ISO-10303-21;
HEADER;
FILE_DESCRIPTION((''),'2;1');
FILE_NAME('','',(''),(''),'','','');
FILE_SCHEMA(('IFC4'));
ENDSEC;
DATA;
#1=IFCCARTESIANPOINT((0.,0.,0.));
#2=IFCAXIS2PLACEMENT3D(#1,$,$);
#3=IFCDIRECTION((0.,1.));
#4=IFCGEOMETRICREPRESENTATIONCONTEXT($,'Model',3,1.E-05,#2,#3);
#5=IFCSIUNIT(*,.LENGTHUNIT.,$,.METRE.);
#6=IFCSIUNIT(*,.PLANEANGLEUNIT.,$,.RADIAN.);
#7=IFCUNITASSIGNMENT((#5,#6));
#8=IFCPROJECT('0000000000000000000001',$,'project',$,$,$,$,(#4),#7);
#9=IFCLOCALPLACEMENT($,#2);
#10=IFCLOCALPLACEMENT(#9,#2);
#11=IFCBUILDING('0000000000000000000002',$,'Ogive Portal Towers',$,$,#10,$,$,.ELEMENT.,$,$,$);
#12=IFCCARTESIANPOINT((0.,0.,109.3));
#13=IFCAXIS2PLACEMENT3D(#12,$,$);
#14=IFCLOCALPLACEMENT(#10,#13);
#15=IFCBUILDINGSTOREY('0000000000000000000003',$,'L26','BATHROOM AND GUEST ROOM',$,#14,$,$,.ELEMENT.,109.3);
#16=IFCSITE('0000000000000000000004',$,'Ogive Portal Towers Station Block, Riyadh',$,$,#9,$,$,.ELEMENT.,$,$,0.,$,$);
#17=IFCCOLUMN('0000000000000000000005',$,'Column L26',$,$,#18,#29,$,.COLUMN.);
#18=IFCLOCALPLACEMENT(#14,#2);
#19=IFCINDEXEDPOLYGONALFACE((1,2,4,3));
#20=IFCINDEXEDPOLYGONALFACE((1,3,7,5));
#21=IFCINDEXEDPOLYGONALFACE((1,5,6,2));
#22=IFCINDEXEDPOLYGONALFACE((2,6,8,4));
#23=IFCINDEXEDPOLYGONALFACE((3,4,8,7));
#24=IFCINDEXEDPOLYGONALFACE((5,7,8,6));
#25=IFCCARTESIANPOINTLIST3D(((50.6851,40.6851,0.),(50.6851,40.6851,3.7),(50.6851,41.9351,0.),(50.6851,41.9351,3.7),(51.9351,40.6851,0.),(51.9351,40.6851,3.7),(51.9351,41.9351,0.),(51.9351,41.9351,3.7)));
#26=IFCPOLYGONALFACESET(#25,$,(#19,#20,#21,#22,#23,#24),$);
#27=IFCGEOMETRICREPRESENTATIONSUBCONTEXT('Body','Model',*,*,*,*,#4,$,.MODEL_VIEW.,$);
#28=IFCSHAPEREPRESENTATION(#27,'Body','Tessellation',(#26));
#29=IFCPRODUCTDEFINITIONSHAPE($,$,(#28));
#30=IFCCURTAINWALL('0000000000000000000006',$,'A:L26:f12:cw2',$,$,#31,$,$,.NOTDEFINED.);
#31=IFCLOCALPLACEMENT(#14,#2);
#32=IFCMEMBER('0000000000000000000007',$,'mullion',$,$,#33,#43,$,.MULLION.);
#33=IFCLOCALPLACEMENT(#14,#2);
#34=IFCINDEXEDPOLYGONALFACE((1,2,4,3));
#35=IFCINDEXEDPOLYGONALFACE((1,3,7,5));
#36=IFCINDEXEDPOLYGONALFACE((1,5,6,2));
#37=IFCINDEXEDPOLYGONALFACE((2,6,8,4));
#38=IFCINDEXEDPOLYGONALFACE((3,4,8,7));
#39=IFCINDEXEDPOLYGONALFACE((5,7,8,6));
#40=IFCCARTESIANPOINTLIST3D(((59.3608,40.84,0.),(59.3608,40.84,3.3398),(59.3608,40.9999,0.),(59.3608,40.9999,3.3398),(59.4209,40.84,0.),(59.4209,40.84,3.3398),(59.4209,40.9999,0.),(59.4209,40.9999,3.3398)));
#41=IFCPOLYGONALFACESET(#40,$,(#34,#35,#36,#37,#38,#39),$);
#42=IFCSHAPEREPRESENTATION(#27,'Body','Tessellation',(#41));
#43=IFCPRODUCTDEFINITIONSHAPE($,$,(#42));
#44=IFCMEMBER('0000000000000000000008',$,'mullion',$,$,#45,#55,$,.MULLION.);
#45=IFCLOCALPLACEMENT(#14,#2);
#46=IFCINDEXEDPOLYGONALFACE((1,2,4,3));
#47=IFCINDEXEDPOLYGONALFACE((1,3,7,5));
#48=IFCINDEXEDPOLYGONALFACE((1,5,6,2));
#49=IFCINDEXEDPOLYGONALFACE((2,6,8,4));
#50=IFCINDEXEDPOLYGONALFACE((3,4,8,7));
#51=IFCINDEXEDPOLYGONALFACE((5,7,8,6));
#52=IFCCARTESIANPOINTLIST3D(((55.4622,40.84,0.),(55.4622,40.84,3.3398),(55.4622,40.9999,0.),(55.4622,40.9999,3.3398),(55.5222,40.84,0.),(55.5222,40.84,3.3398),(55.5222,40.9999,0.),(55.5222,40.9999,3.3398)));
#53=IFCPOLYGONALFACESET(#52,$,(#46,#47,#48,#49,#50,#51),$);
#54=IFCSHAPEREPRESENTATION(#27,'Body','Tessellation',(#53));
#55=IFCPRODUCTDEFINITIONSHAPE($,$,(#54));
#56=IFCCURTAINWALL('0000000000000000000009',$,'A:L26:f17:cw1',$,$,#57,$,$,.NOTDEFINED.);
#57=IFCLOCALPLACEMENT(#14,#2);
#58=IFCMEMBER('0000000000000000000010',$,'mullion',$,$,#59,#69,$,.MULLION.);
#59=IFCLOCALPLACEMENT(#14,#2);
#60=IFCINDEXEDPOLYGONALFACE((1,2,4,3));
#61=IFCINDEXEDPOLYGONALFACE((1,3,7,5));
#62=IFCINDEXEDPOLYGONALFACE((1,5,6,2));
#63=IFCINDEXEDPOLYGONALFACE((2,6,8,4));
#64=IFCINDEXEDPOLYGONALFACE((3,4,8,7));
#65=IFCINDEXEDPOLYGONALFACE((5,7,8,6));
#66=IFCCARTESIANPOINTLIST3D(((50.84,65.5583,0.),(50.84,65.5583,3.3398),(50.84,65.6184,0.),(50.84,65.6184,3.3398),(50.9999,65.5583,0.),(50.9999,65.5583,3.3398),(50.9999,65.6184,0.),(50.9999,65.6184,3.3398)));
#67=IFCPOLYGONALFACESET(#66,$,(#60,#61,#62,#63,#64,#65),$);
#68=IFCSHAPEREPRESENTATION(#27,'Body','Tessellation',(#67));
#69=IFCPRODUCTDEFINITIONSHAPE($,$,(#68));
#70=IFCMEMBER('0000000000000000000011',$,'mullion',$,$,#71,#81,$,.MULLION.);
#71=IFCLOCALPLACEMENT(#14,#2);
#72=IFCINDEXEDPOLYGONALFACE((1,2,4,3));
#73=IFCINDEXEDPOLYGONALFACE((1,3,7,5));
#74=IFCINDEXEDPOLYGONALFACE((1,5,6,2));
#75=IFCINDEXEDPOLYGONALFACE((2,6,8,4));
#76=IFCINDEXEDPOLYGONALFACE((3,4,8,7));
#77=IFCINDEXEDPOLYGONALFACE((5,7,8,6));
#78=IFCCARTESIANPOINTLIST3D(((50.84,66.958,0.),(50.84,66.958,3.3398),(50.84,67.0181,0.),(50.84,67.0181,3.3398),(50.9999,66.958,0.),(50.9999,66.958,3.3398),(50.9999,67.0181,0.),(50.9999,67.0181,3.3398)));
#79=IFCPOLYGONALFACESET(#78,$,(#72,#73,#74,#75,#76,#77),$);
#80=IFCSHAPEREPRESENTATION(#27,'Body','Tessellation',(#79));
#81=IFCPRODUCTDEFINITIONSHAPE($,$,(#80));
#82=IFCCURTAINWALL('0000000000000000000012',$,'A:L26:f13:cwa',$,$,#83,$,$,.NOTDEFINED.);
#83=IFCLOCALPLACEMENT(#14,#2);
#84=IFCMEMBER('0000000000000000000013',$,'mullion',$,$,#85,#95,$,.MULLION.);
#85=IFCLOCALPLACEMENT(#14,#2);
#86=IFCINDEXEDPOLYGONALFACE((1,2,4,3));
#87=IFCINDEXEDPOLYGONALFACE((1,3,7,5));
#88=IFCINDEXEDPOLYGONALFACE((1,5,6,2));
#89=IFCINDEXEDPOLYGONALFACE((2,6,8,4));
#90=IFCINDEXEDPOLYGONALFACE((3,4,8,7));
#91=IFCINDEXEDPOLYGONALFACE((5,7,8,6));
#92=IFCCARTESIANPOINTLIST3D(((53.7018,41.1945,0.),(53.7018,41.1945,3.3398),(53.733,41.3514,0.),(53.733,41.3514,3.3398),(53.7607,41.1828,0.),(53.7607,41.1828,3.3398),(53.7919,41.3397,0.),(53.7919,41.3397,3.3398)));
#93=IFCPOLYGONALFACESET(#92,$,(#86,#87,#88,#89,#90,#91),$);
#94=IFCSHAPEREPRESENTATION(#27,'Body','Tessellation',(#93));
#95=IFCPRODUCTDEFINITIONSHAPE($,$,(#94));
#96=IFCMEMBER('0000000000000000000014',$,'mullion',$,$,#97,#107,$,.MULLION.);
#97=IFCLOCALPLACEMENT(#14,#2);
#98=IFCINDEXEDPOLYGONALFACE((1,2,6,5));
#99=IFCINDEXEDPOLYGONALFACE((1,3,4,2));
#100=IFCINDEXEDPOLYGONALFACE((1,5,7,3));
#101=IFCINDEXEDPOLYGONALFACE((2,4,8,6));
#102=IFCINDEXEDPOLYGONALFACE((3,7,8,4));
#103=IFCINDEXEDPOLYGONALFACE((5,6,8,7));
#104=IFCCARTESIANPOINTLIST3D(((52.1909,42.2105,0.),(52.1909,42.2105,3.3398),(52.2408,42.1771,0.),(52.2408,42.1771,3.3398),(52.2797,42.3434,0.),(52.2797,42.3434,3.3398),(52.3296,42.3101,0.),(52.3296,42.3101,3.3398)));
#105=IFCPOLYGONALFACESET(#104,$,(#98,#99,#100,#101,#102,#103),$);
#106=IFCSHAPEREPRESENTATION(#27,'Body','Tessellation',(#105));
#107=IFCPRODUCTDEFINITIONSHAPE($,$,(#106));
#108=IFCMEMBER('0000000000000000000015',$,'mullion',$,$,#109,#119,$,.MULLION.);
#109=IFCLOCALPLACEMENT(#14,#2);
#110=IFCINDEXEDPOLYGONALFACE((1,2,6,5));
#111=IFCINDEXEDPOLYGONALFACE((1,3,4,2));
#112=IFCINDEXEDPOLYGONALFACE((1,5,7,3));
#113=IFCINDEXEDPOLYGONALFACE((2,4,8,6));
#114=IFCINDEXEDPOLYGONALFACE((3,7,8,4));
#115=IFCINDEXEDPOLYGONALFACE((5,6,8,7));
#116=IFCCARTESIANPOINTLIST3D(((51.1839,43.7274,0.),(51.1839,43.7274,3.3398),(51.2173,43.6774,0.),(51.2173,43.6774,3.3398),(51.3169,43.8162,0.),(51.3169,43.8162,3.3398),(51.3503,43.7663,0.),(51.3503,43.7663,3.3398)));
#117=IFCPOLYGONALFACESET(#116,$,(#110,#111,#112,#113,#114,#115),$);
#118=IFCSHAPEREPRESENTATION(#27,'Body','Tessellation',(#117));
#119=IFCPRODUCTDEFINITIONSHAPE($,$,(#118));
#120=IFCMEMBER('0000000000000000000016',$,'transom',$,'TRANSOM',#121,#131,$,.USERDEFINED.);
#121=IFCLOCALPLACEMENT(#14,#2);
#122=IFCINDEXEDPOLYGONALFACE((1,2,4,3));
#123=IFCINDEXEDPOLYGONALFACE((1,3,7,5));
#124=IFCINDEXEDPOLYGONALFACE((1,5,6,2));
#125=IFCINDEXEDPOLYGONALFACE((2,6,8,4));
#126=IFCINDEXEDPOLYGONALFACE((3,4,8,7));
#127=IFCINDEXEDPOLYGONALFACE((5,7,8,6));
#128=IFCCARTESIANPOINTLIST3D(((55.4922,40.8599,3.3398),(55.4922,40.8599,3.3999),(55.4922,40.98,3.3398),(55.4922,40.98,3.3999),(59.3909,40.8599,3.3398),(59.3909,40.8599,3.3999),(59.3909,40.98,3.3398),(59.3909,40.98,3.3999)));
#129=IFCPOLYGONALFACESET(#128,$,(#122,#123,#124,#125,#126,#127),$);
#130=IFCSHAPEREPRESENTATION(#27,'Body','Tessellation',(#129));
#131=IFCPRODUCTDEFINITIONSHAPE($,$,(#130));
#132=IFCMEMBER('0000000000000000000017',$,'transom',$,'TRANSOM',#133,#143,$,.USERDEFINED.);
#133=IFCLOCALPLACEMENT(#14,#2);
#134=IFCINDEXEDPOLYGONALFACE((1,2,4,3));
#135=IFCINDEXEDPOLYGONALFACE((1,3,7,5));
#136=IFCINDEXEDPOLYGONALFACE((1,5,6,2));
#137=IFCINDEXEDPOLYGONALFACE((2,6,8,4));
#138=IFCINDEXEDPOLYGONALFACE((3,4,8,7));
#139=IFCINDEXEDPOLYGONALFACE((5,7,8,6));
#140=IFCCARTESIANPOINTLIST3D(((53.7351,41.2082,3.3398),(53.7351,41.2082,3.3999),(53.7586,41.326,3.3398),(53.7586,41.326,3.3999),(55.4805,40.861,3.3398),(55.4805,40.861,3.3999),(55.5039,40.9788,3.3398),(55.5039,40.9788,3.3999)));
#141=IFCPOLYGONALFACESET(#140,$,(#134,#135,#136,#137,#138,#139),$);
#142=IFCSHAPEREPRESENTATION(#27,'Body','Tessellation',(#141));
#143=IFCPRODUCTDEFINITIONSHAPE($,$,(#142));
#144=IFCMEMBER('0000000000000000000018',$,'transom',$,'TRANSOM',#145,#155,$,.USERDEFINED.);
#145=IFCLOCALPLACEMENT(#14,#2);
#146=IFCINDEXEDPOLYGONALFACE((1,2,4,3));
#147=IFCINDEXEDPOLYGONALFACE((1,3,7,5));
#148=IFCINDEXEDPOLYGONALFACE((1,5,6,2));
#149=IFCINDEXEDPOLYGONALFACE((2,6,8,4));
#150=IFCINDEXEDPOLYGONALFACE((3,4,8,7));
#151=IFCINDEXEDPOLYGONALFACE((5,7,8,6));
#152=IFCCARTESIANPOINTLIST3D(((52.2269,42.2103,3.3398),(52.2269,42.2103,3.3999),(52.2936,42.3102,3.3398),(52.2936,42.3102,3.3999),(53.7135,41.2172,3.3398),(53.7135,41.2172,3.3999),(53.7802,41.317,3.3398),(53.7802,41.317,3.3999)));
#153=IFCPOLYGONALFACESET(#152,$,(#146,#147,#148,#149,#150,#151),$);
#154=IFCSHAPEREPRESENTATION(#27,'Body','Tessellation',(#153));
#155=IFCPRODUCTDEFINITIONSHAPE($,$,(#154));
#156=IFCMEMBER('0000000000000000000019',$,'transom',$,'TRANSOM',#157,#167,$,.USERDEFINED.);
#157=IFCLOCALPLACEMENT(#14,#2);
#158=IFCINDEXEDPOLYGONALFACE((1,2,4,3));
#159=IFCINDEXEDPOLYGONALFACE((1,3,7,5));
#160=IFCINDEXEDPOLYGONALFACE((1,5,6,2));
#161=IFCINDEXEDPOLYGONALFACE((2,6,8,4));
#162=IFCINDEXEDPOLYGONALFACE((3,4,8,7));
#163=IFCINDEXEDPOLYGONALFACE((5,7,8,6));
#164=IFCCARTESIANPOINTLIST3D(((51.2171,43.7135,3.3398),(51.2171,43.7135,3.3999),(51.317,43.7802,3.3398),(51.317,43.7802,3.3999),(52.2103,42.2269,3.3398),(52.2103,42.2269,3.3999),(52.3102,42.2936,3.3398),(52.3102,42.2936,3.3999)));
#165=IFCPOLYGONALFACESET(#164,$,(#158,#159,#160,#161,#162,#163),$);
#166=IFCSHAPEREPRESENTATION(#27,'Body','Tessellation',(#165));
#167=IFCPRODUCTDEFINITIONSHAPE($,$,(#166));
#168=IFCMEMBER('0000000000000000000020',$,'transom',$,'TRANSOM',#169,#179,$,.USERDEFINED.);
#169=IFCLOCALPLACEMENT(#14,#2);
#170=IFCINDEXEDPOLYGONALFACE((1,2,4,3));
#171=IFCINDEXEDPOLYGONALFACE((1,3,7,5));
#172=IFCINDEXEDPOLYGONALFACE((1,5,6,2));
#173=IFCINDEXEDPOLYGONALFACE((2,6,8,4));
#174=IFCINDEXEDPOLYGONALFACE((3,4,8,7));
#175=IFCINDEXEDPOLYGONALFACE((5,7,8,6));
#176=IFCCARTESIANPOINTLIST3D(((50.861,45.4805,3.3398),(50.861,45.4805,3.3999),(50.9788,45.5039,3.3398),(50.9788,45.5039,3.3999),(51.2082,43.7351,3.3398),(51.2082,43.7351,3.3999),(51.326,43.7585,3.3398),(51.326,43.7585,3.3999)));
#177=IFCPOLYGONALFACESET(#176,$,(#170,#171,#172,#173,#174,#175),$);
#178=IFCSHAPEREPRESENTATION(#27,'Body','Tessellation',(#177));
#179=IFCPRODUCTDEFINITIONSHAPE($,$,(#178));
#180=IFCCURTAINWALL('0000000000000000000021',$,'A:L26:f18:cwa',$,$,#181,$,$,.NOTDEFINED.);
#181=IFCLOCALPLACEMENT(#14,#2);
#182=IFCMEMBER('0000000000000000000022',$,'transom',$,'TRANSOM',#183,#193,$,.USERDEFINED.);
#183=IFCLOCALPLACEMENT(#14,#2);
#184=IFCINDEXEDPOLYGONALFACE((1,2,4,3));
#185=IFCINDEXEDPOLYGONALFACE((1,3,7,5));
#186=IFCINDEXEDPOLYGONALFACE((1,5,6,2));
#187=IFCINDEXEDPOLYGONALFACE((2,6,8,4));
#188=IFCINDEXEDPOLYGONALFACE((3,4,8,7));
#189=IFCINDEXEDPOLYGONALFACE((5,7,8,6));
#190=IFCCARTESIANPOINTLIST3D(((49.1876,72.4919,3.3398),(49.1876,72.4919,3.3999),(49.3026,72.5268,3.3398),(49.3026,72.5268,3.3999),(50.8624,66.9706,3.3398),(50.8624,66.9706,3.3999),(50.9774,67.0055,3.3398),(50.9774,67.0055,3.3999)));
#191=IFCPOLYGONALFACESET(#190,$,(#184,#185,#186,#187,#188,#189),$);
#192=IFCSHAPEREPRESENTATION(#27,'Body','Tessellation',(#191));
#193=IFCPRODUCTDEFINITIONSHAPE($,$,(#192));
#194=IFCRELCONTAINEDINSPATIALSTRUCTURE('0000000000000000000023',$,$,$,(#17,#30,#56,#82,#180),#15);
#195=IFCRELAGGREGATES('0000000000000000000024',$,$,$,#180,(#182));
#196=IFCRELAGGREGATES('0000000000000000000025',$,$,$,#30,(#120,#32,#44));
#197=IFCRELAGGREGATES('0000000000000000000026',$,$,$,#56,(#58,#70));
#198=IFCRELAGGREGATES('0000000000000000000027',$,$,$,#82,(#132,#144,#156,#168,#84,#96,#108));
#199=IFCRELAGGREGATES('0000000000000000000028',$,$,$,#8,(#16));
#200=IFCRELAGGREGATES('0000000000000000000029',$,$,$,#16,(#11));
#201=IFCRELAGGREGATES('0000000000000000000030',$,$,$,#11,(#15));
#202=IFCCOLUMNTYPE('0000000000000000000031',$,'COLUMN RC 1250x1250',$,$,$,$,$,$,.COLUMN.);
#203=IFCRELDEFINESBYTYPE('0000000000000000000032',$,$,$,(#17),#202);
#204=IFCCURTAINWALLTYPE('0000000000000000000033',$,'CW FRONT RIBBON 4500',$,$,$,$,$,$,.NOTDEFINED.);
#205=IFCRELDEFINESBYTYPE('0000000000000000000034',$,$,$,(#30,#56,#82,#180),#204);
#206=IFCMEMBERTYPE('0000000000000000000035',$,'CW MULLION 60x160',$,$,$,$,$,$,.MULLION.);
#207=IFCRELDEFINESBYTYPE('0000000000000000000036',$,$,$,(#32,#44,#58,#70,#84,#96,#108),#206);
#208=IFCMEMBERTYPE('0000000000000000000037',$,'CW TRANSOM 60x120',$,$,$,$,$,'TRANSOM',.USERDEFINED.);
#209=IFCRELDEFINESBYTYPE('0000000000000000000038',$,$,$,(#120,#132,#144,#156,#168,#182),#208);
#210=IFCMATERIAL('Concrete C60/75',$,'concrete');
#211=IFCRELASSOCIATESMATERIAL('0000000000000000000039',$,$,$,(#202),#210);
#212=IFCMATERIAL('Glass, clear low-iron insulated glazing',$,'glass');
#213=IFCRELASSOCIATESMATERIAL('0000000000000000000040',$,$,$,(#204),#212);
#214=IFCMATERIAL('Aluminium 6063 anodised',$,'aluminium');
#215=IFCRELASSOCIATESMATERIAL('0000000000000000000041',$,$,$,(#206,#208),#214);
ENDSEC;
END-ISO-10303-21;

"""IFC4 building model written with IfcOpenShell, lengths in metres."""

from ifc_helpers import new_model, si_unit, direction, frame, origin, origin_2d, place, context, subcontext, project, spatial, rectangle, extrude, material, material_profile, profile_set, type_object, element, aggregate, save


model = new_model("IFC4")

# Units and contexts
model_context = context("Model", 3, precision=1e-05, world=origin(), true_north=direction((0.0, 1.0)))
body_context = subcontext(model_context, "Body", "Model", "MODEL_VIEW")
ifc_project = project(units=[si_unit("LENGTHUNIT", "METRE"), si_unit("PLANEANGLEUNIT", "RADIAN")], contexts=[model_context])

# Site, building, storey
site_placement = place(None, origin())
site = spatial("IfcSite", under=ifc_project, at=site_placement, Name="Ogive Portal Towers Station Block, Riyadh", CompositionType="ELEMENT", RefElevation=0.0)
building_placement = place(site_placement, origin())
building = spatial("IfcBuilding", under=site, at=building_placement, Name="Ogive Portal Towers", CompositionType="ELEMENT")
storey_placement = place(building_placement, frame((0.0, 0.0, 109.3)))
storey = spatial("IfcBuildingStorey", under=building, at=storey_placement, Name="L26", Description="BATHROOM AND GUEST ROOM", CompositionType="ELEMENT", Elevation=109.3)

# Column
ifc_material_1 = material(Name="Concrete C60/75", Category="concrete")
ifc_material_profile_1 = material_profile(ifc_material_1, rectangle(XDim=1.25, YDim=1.25, at=origin_2d()), Name="RC 1250x1250")
ifc_profile_set_1 = profile_set([ifc_material_profile_1], Name="Concrete C60/75")
column_type = type_object("IfcColumnType", Name="COLUMN RC 1250x1250", PredefinedType="COLUMN", material=ifc_profile_set_1)
column_placement = place(storey_placement, frame((51.3101, 41.3101, 0.0), z_axis=(0.0, 0.0, 1.0), x_axis=(1.0, 0.0, 0.0)))
element("IfcColumn", 1, at=column_placement, inside=storey, type_object=column_type, Name="Column L26", PredefinedType="COLUMN", context=body_context, shape_type="SweptSolid", body=[
    extrude(rectangle(XDim=1.25, YDim=1.25, at=origin_2d()), origin(), (0.0, 0.0, 1.0), 3.7),
])

# Curtain walls, members
ifc_material_2 = material(Name="Glass, clear low-iron insulated glazing", Category="glass")
curtain_wall_type = type_object("IfcCurtainWallType", Name="CW FRONT RIBBON 4500", PredefinedType="NOTDEFINED", material=ifc_material_2)
curtain_wall_1_placement = place(storey_placement, origin())
curtain_wall_1 = element("IfcCurtainWall", 2, at=curtain_wall_1_placement, inside=storey, type_object=curtain_wall_type, Name="A:L26:f12:cw2", PredefinedType="NOTDEFINED")
ifc_material_3 = material(Name="Aluminium 6063 anodised", Category="aluminium")
ifc_material_profile_2 = material_profile(ifc_material_3, rectangle(XDim=0.1599, YDim=0.0601, at=origin_2d()), Name="AL 60x160")
ifc_profile_set_2 = profile_set([ifc_material_profile_2], Name="Aluminium 6063 anodised")
member_type_1 = type_object("IfcMemberType", Name="CW MULLION 60x160", PredefinedType="MULLION", material=ifc_profile_set_2)
member_1_placement = place(storey_placement, frame((59.3909, 40.9199, 0.0), z_axis=(0.0, 0.0, 1.0), x_axis=(0.0, -1.0, 0.0)))
member_1 = element("IfcMember", 3, at=member_1_placement, type_object=member_type_1, Name="mullion", PredefinedType="MULLION", context=body_context, shape_type="SweptSolid", body=[
    extrude(rectangle(XDim=0.1599, YDim=0.0601, at=origin_2d()), origin(), (0.0, 0.0, 1.0), 3.3398),
])
member_2_placement = place(storey_placement, frame((55.4922, 40.9199, 0.0), z_axis=(0.0, 0.0, 1.0), x_axis=(0.0, -1.0, 0.0)))
member_2 = element("IfcMember", 4, at=member_2_placement, type_object=member_type_1, Name="mullion", PredefinedType="MULLION", context=body_context, shape_type="SweptSolid", body=[
    extrude(rectangle(XDim=0.1599, YDim=0.0601, at=origin_2d()), origin(), (0.0, 0.0, 1.0), 3.3398),
])
curtain_wall_2_placement = place(storey_placement, origin())
curtain_wall_2 = element("IfcCurtainWall", 5, at=curtain_wall_2_placement, inside=storey, type_object=curtain_wall_type, Name="A:L26:f17:cw1", PredefinedType="NOTDEFINED")
member_3_placement = place(storey_placement, frame((50.9199, 65.5884, 0.0), z_axis=(0.0, 0.0, 1.0), x_axis=(-1.0, 0.0, 0.0)))
member_3 = element("IfcMember", 6, at=member_3_placement, type_object=member_type_1, Name="mullion", PredefinedType="MULLION", context=body_context, shape_type="SweptSolid", body=[
    extrude(rectangle(XDim=0.1599, YDim=0.0601, at=origin_2d()), origin(), (0.0, 0.0, 1.0), 3.3398),
])
member_4_placement = place(storey_placement, frame((50.9199, 66.988, 0.0), z_axis=(0.0, 0.0, 1.0), x_axis=(-1.0, 0.0, 0.0)))
member_4 = element("IfcMember", 7, at=member_4_placement, type_object=member_type_1, Name="mullion", PredefinedType="MULLION", context=body_context, shape_type="SweptSolid", body=[
    extrude(rectangle(XDim=0.1599, YDim=0.0601, at=origin_2d()), origin(), (0.0, 0.0, 1.0), 3.3398),
])
curtain_wall_3_placement = place(storey_placement, origin())
curtain_wall_3 = element("IfcCurtainWall", 8, at=curtain_wall_3_placement, inside=storey, type_object=curtain_wall_type, Name="A:L26:f13:cwa", PredefinedType="NOTDEFINED")
member_5_placement = place(storey_placement, frame((53.7468, 41.2671, 0.0), z_axis=(0.0, 0.0, 1.0), x_axis=(-0.19509, -0.980785, 0.0)))
member_5 = element("IfcMember", 9, at=member_5_placement, type_object=member_type_1, Name="mullion", PredefinedType="MULLION", context=body_context, shape_type="SweptSolid", body=[
    extrude(rectangle(XDim=0.1599, YDim=0.0601, at=origin_2d()), origin(), (0.0, 0.0, 1.0), 3.3398),
])
member_6_placement = place(storey_placement, frame((52.2603, 42.2603, 0.0), z_axis=(0.0, 0.0, 1.0), x_axis=(-0.55557, -0.83147, 0.0)))
member_6 = element("IfcMember", 10, at=member_6_placement, type_object=member_type_1, Name="mullion", PredefinedType="MULLION", context=body_context, shape_type="SweptSolid", body=[
    extrude(rectangle(XDim=0.1599, YDim=0.0601, at=origin_2d()), origin(), (0.0, 0.0, 1.0), 3.3398),
])
member_7_placement = place(storey_placement, frame((51.2671, 43.7468, 0.0), z_axis=(0.0, 0.0, 1.0), x_axis=(-0.83147, -0.55557, 0.0)))
member_7 = element("IfcMember", 11, at=member_7_placement, type_object=member_type_1, Name="mullion", PredefinedType="MULLION", context=body_context, shape_type="SweptSolid", body=[
    extrude(rectangle(XDim=0.1599, YDim=0.0601, at=origin_2d()), origin(), (0.0, 0.0, 1.0), 3.3398),
])

# Members
ifc_material_profile_3 = material_profile(ifc_material_3, rectangle(XDim=0.1201, YDim=0.0601, at=origin_2d()), Name="AL 120x60")
ifc_profile_set_3 = profile_set([ifc_material_profile_3], Name="Aluminium 6063 anodised")
member_type_2 = type_object("IfcMemberType", Name="CW TRANSOM 60x120", ElementType="TRANSOM", PredefinedType="USERDEFINED", material=ifc_profile_set_3)
member_8_placement = place(storey_placement, frame((59.3909, 40.9199, 3.3699), z_axis=(-1.0, 0.0, 0.0), x_axis=(0.0, -1.0, 0.0)))
member_8 = element("IfcMember", 12, at=member_8_placement, type_object=member_type_2, Name="transom", ObjectType="TRANSOM", PredefinedType="USERDEFINED", context=body_context, shape_type="SweptSolid", body=[
    extrude(rectangle(XDim=0.1201, YDim=0.0601, at=origin_2d()), origin(), (0.0, 0.0, 1.0), 3.8987),
])
member_9_placement = place(storey_placement, frame((55.4922, 40.9199, 3.3699), z_axis=(-0.980786, 0.195087, 0.0), x_axis=(-0.195087, -0.980786, 0.0)))
member_9 = element("IfcMember", 13, at=member_9_placement, type_object=member_type_2, Name="transom", ObjectType="TRANSOM", PredefinedType="USERDEFINED", context=body_context, shape_type="SweptSolid", body=[
    extrude(rectangle(XDim=0.1201, YDim=0.0601, at=origin_2d()), origin(), (0.0, 0.0, 1.0), 1.7795),
])
member_10_placement = place(storey_placement, frame((53.7468, 41.2671, 3.3699), z_axis=(-0.831504, 0.555519, 0.0), x_axis=(-0.555519, -0.831504, 0.0)))
member_10 = element("IfcMember", 14, at=member_10_placement, type_object=member_type_2, Name="transom", ObjectType="TRANSOM", PredefinedType="USERDEFINED", context=body_context, shape_type="SweptSolid", body=[
    extrude(rectangle(XDim=0.1201, YDim=0.0601, at=origin_2d()), origin(), (0.0, 0.0, 1.0), 1.7878),
])
member_11_placement = place(storey_placement, frame((52.2603, 42.2603, 3.3699), z_axis=(-0.555519, 0.831504, 0.0), x_axis=(-0.831504, -0.555519, 0.0)))
member_11 = element("IfcMember", 15, at=member_11_placement, type_object=member_type_2, Name="transom", ObjectType="TRANSOM", PredefinedType="USERDEFINED", context=body_context, shape_type="SweptSolid", body=[
    extrude(rectangle(XDim=0.1201, YDim=0.0601, at=origin_2d()), origin(), (0.0, 0.0, 1.0), 1.7878),
])
member_12_placement = place(storey_placement, frame((51.2671, 43.7468, 3.3699), z_axis=(-0.195087, 0.980786, 0.0), x_axis=(-0.980786, -0.195087, 0.0)))
member_12 = element("IfcMember", 16, at=member_12_placement, type_object=member_type_2, Name="transom", ObjectType="TRANSOM", PredefinedType="USERDEFINED", context=body_context, shape_type="SweptSolid", body=[
    extrude(rectangle(XDim=0.1201, YDim=0.0601, at=origin_2d()), origin(), (0.0, 0.0, 1.0), 1.7795),
])

# Curtain wall, member
curtain_wall_4_placement = place(storey_placement, origin())
curtain_wall_4 = element("IfcCurtainWall", 17, at=curtain_wall_4_placement, inside=storey, type_object=curtain_wall_type, Name="A:L26:f18:cwa", PredefinedType="NOTDEFINED")
member_13_placement = place(storey_placement, frame((50.9199, 66.988, 3.3699), z_axis=(-0.290277, 0.956943, 0.0), x_axis=(-0.956943, -0.290277, 0.0)))
member_13 = element("IfcMember", 18, at=member_13_placement, type_object=member_type_2, Name="transom", ObjectType="TRANSOM", PredefinedType="USERDEFINED", context=body_context, shape_type="SweptSolid", body=[
    extrude(rectangle(XDim=0.1201, YDim=0.0601, at=origin_2d()), origin(), (0.0, 0.0, 1.0), 5.7698),
])
aggregate(curtain_wall_4, [member_13])

aggregate(curtain_wall_1, [member_8, member_1, member_2])
aggregate(curtain_wall_2, [member_3, member_4])
aggregate(curtain_wall_3, [member_9, member_10, member_11, member_12, member_5, member_6, member_7])

save(model, "model.ifc")
